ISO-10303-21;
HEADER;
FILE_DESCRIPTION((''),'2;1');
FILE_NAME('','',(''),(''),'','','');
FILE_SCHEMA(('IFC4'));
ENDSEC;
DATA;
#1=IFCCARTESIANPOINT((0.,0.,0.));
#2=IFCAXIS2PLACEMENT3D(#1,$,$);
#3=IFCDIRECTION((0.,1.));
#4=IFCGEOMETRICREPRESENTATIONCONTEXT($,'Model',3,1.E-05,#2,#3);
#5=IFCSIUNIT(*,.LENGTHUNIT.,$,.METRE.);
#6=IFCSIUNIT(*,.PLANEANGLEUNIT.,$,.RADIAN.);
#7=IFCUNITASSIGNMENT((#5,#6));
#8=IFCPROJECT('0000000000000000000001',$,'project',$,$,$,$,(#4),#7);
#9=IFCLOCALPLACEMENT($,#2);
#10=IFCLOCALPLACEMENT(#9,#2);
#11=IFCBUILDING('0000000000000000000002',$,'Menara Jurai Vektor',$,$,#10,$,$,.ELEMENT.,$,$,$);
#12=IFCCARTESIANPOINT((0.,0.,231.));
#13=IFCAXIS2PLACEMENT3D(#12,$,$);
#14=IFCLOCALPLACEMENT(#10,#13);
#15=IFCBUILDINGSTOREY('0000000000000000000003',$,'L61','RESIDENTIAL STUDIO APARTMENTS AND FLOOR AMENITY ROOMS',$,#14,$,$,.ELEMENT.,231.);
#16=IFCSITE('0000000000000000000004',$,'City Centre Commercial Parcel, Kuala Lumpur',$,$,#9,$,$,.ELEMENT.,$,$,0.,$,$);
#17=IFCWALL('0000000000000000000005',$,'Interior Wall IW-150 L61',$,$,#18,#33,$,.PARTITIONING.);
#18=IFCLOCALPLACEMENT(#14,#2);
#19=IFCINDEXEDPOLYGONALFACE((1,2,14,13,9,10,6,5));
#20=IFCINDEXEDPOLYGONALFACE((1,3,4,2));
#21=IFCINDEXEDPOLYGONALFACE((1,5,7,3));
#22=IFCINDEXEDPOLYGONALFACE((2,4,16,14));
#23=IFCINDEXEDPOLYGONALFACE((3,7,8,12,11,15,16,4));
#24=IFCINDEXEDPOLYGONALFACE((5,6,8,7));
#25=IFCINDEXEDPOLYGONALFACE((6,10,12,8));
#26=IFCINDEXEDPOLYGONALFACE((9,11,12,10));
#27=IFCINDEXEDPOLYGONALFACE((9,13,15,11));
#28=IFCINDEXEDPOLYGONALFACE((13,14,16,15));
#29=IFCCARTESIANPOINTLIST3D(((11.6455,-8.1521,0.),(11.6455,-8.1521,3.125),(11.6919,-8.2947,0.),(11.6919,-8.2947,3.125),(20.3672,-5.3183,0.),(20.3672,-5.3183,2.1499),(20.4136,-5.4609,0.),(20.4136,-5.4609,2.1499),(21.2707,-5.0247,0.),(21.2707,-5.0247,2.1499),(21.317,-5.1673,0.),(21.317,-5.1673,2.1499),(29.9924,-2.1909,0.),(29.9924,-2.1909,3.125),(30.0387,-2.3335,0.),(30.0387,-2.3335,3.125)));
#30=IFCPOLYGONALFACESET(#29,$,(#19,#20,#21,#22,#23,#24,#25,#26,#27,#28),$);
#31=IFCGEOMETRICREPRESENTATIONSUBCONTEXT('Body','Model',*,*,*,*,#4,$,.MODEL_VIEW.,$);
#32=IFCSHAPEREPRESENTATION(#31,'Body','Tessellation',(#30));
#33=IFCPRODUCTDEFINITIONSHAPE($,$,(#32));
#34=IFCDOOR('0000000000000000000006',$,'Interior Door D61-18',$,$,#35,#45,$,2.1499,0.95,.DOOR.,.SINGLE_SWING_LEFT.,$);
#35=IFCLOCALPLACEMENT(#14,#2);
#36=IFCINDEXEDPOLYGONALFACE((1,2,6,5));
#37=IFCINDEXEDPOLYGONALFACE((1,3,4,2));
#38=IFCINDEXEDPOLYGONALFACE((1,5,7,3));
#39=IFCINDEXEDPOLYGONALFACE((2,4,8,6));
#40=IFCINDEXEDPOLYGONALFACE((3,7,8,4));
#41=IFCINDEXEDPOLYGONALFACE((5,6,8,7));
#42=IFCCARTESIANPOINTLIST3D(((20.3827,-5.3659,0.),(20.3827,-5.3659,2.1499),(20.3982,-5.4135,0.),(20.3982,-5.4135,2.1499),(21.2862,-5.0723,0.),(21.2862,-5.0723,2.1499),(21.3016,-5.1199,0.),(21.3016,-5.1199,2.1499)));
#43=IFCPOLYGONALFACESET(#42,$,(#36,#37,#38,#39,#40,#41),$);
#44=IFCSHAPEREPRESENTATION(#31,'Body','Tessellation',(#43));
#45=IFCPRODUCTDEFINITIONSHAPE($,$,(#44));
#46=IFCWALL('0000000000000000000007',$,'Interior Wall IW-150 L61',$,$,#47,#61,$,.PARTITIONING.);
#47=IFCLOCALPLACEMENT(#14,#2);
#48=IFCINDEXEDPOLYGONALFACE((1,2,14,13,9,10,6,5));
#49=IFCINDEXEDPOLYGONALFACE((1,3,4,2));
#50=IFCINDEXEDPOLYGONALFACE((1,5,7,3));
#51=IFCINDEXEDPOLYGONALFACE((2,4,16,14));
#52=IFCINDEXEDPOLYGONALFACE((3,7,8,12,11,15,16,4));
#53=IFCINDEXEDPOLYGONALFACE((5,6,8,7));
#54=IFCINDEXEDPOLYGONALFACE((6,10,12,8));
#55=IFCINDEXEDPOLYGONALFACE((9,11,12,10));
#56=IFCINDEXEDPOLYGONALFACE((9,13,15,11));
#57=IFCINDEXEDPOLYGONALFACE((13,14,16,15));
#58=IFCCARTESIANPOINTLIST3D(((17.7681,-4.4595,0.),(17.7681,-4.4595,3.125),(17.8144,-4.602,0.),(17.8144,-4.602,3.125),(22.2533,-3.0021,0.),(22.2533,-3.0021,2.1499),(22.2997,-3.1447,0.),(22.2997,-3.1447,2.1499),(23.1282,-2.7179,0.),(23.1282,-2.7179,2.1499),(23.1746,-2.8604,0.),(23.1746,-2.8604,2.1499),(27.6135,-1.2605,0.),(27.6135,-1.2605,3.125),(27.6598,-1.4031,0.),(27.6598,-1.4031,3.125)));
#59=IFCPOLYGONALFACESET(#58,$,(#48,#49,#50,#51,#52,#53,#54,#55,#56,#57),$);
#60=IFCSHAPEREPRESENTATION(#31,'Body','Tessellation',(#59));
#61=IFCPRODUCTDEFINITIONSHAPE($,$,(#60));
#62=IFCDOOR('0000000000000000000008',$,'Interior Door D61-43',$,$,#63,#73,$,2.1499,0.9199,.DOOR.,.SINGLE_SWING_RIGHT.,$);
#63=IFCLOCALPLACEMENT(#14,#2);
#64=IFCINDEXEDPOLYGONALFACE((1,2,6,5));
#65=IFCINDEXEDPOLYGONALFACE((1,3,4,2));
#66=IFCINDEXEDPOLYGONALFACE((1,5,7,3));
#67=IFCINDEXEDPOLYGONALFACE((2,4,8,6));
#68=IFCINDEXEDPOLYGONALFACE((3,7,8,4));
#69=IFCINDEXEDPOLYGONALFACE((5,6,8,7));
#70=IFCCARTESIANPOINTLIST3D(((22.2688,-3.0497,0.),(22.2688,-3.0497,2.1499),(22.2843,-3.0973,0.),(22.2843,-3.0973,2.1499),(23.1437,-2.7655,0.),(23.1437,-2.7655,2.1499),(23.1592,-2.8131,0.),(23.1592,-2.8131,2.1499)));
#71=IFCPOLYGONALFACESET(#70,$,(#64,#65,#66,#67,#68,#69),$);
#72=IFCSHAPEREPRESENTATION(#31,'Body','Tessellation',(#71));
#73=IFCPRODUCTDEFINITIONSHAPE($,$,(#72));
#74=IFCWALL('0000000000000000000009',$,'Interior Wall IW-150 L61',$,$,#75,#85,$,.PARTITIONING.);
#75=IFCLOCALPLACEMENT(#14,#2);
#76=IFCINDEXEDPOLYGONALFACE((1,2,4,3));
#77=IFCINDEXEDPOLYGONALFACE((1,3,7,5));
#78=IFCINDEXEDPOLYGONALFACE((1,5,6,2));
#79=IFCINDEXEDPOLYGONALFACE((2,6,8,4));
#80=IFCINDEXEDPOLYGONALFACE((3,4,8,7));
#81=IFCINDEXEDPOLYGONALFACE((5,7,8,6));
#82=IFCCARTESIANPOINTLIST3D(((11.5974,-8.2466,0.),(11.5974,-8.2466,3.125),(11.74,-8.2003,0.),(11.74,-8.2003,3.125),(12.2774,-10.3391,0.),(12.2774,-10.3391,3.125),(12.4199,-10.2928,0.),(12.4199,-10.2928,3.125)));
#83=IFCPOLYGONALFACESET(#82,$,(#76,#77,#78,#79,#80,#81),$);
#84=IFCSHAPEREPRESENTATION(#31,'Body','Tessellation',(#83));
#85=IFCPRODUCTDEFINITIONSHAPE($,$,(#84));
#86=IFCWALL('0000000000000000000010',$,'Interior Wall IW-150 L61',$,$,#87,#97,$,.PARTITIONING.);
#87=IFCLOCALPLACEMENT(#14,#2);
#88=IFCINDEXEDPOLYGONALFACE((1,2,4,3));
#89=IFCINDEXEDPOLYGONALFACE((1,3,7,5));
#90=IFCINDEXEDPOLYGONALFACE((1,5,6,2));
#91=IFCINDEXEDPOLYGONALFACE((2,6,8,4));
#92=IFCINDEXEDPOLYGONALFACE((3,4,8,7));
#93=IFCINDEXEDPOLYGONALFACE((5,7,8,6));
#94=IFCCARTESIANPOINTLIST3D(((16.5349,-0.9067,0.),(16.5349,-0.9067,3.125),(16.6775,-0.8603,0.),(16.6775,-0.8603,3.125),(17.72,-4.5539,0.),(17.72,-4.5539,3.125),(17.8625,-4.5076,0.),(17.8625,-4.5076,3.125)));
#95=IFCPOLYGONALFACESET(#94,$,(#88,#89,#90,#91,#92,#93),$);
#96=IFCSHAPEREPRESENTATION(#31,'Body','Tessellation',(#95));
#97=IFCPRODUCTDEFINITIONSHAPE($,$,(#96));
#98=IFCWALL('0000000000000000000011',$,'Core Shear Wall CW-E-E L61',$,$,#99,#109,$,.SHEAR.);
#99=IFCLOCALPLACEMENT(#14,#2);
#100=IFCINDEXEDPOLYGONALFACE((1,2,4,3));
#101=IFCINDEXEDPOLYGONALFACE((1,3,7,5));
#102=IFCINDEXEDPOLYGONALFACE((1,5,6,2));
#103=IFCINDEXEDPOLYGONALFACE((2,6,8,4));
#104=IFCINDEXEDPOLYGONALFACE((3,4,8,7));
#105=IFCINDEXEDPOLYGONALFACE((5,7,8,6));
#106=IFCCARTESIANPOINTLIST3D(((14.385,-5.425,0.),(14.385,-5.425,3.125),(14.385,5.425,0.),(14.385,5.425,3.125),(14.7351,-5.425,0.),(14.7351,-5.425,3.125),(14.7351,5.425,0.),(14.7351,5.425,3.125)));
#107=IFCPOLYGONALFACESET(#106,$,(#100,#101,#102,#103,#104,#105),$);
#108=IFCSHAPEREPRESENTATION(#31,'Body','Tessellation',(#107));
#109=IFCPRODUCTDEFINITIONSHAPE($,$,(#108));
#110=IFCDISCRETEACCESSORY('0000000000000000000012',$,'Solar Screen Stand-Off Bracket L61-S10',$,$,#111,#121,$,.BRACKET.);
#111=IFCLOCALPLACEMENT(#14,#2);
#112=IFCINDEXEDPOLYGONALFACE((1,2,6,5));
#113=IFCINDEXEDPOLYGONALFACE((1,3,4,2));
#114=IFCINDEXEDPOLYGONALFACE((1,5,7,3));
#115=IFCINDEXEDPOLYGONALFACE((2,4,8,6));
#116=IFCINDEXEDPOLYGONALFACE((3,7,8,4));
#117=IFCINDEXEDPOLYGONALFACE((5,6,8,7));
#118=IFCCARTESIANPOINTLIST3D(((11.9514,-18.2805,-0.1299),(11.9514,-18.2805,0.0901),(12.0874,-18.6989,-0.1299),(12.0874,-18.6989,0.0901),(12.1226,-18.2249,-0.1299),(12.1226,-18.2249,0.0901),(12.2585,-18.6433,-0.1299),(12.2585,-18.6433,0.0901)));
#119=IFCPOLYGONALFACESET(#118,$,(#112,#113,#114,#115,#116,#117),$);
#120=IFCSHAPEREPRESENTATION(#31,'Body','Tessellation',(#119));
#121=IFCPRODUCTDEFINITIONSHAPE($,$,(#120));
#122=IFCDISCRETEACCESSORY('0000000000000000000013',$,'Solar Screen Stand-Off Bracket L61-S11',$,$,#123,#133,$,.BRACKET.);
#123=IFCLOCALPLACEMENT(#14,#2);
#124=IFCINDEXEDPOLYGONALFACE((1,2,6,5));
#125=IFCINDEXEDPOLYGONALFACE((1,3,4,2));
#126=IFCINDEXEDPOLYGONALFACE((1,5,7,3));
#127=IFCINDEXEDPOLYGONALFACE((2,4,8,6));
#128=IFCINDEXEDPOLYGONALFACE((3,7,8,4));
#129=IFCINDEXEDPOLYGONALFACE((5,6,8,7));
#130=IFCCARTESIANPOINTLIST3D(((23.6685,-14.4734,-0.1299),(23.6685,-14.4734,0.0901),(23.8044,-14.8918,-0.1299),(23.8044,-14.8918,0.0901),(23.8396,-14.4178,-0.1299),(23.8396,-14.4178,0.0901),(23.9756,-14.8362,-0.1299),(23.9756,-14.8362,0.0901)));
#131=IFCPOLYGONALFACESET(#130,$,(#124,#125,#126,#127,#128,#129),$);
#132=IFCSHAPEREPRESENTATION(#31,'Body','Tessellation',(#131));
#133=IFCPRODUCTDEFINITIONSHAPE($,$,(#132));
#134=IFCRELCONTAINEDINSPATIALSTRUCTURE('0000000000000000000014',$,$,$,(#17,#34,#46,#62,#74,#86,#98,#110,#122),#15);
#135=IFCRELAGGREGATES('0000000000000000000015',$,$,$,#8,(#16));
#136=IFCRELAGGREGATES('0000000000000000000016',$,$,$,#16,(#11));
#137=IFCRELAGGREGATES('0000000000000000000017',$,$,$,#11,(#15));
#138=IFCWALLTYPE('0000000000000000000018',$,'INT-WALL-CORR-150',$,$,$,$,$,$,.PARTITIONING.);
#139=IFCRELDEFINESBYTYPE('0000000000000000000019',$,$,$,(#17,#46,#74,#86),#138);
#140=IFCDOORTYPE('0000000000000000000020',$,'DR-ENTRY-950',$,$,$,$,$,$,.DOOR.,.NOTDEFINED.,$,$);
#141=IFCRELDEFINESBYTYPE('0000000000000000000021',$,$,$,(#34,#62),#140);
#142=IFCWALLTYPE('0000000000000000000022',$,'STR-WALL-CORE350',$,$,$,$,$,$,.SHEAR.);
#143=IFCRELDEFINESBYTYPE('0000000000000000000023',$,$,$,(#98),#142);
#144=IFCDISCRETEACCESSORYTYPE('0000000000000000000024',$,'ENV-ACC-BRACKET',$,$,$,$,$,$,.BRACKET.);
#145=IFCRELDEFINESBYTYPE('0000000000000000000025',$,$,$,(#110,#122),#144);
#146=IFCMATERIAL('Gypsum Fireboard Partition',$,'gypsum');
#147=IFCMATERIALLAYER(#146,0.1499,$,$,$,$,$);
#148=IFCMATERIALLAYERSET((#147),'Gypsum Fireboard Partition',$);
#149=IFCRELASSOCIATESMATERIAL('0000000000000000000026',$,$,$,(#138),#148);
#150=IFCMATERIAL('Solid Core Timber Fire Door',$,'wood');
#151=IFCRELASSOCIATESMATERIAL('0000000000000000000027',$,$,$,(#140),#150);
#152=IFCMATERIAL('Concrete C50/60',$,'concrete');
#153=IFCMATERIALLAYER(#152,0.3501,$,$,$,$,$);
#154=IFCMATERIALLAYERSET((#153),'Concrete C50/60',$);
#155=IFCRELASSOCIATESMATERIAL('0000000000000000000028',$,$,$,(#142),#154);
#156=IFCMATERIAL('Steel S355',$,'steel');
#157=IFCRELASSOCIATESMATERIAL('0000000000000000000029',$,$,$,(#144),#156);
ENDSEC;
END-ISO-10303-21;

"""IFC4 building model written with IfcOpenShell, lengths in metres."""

from ifc_helpers import new_model, si_unit, direction, frame, frame_2d, origin, origin_2d, place, context, subcontext, project, spatial, rectangle, extrude, material, layer, layer_set, type_object, element, fill, save


model = new_model("IFC4")

# Units and contexts
model_context = context("Model", 3, precision=1e-05, world=origin(), true_north=direction((0.0, 1.0)))
body_context = subcontext(model_context, "Body", "Model", "MODEL_VIEW")
ifc_project = project(units=[si_unit("LENGTHUNIT", "METRE"), si_unit("PLANEANGLEUNIT", "RADIAN")], contexts=[model_context])

# Site, building, storey
site_placement = place(None, origin())
site = spatial("IfcSite", under=ifc_project, at=site_placement, Name="City Centre Commercial Parcel, Kuala Lumpur", CompositionType="ELEMENT", RefElevation=0.0)
building_placement = place(site_placement, origin())
building = spatial("IfcBuilding", under=site, at=building_placement, Name="Menara Jurai Vektor", CompositionType="ELEMENT")
storey_placement = place(building_placement, frame((0.0, 0.0, 231.0)))
storey = spatial("IfcBuildingStorey", under=building, at=storey_placement, Name="L61", Description="RESIDENTIAL STUDIO APARTMENTS AND FLOOR AMENITY ROOMS", CompositionType="ELEMENT", Elevation=231.0)

# Shared definitions
ifc_material_1 = material(Name="Concrete C50/60", Category="concrete")

# Shared definitions
ifc_material_2 = material(Name="Steel S355", Category="steel")

# Shared definitions
ifc_material_3 = material(Name="Gypsum Fireboard Partition", Category="gypsum")
ifc_layer_1 = layer(ifc_material_3, 0.1499)
ifc_layer_set_1 = layer_set([ifc_layer_1], Name="Gypsum Fireboard Partition")
wall_type_1 = type_object("IfcWallType", Name="INT-WALL-CORR-150", PredefinedType="PARTITIONING", material=ifc_layer_set_1)

# Walls, openings, doors
wall_1_placement = place(storey_placement, frame((11.6687, -8.2234, 0.0), z_axis=(0.0, 0.0, 1.0), x_axis=(0.951058, 0.309013, 0.0)))
wall_1 = element("IfcWall", 1, at=wall_1_placement, inside=storey, type_object=wall_type_1, Name="Interior Wall IW-150 L61", PredefinedType="PARTITIONING", context=body_context, shape_type="SweptSolid", body=[
    extrude(rectangle(XDim=19.291, YDim=0.1499, at=frame_2d((9.6455, 0.0))), origin(), (0.0, 0.0, 1.0), 3.125),
])
opening_1_placement = place(wall_1_placement, frame((9.1704, 0.0, 0.0)))
opening_1 = element("IfcOpeningElement", 2, at=opening_1_placement, cuts=wall_1, PredefinedType="OPENING", context=body_context, shape_type="SweptSolid", body=[
    extrude(rectangle(XDim=0.95, YDim=2.1499, at=frame_2d((0.4751, 1.075))), frame((0.0, 0.085, 0.0), z_axis=(0.0, -1.0, 0.0), x_axis=(1.0, 0.0, 0.0)), (0.0, 0.0, 1.0), 0.1699),
])
ifc_material_4 = material(Name="Solid Core Timber Fire Door", Category="wood")
door_type = type_object("IfcDoorType", Name="DR-ENTRY-950", OperationType="NOTDEFINED", PredefinedType="DOOR", material=ifc_material_4)
door_1_placement = place(opening_1_placement, origin())
door_1 = element("IfcDoor", 3, at=door_1_placement, inside=storey, type_object=door_type, Name="Interior Door D61-18", OperationType="SINGLE_SWING_LEFT", OverallHeight=2.1499, OverallWidth=0.95, PredefinedType="DOOR", context=body_context, shape_type="SweptSolid", body=[
    extrude(rectangle(XDim=0.95, YDim=2.1499, at=frame_2d((0.4751, 1.075))), frame((0.0, 0.0249, 0.0), z_axis=(0.0, -1.0, 0.0), x_axis=(1.0, 0.0, 0.0)), (0.0, 0.0, 1.0), 0.05),
])
fill(opening_1, door_1)
wall_2_placement = place(storey_placement, frame((17.7913, -4.5308, 0.0), z_axis=(0.0, 0.0, 1.0), x_axis=(0.951057, 0.309016, 0.0)))
wall_2 = element("IfcWall", 4, at=wall_2_placement, inside=storey, type_object=wall_type_1, Name="Interior Wall IW-150 L61", PredefinedType="PARTITIONING", context=body_context, shape_type="SweptSolid", body=[
    extrude(rectangle(XDim=10.3521, YDim=0.1499, at=frame_2d((5.176, 0.0))), origin(), (0.0, 0.0, 1.0), 3.125),
])
opening_2_placement = place(wall_2_placement, frame((4.7161, 0.0, 0.0)))
opening_2 = element("IfcOpeningElement", 5, at=opening_2_placement, cuts=wall_2, PredefinedType="OPENING", context=body_context, shape_type="SweptSolid", body=[
    extrude(rectangle(XDim=0.9199, YDim=2.1499, at=frame_2d((0.46, 1.075))), frame((0.0, 0.085, 0.0), z_axis=(0.0, -1.0, 0.0), x_axis=(1.0, 0.0, 0.0)), (0.0, 0.0, 1.0), 0.1699),
])
door_2_placement = place(opening_2_placement, origin())
door_2 = element("IfcDoor", 6, at=door_2_placement, inside=storey, type_object=door_type, Name="Interior Door D61-43", OperationType="SINGLE_SWING_RIGHT", OverallHeight=2.1499, OverallWidth=0.9199, PredefinedType="DOOR", context=body_context, shape_type="SweptSolid", body=[
    extrude(rectangle(XDim=0.9199, YDim=2.1499, at=frame_2d((0.46, 1.075))), frame((0.0, 0.0249, 0.0), z_axis=(0.0, -1.0, 0.0), x_axis=(1.0, 0.0, 0.0)), (0.0, 0.0, 1.0), 0.05),
])
fill(opening_2, door_2)

# Walls
wall_3_placement = place(storey_placement, frame((12.3486, -10.3159, 0.0), z_axis=(0.0, 0.0, 1.0), x_axis=(-0.309028, 0.951053, 0.0)))
element("IfcWall", 7, at=wall_3_placement, inside=storey, type_object=wall_type_1, Name="Interior Wall IW-150 L61", PredefinedType="PARTITIONING", context=body_context, shape_type="SweptSolid", body=[
    extrude(rectangle(XDim=2.2002, YDim=0.1499, at=frame_2d((1.1001, 0.0))), origin(), (0.0, 0.0, 1.0), 3.125),
])
wall_4_placement = place(storey_placement, frame((17.7913, -4.5308, 0.0), z_axis=(0.0, 0.0, 1.0), x_axis=(-0.309018, 0.951056, 0.0)))
element("IfcWall", 8, at=wall_4_placement, inside=storey, type_object=wall_type_1, Name="Interior Wall IW-150 L61", PredefinedType="PARTITIONING", context=body_context, shape_type="SweptSolid", body=[
    extrude(rectangle(XDim=3.835, YDim=0.1499, at=frame_2d((1.9175, 0.0))), origin(), (0.0, 0.0, 1.0), 3.125),
])
ifc_layer_2 = layer(ifc_material_1, 0.3501)
ifc_layer_set_2 = layer_set([ifc_layer_2], Name="Concrete C50/60")
wall_type_2 = type_object("IfcWallType", Name="STR-WALL-CORE350", PredefinedType="SHEAR", material=ifc_layer_set_2)
wall_5_placement = place(storey_placement, frame((14.5601, -5.425, 0.0), z_axis=(0.0, 0.0, 1.0), x_axis=(0.0, 1.0, 0.0)))
element("IfcWall", 9, at=wall_5_placement, inside=storey, type_object=wall_type_2, Name="Core Shear Wall CW-E-E L61", PredefinedType="SHEAR", context=body_context, shape_type="SweptSolid", body=[
    extrude(rectangle(XDim=10.8501, YDim=0.3501, at=frame_2d((5.425, 0.0))), origin(), (0.0, 0.0, 1.0), 3.125),
])

# Discrete accessories
discrete_accessory_type = type_object("IfcDiscreteAccessoryType", Name="ENV-ACC-BRACKET", PredefinedType="BRACKET", material=ifc_material_2)
for number, where, z_axis, x_axis, name in (
    (10, (12.105, -18.4619, -0.1299), (0.0, 0.0, 1.0), (0.951057, 0.309017, 0.0), "Solar Screen Stand-Off Bracket L61-S10"),
    (11, (23.822, -14.6548, -0.1299), (0.0, 0.0, 1.0), (0.951057, 0.309017, 0.0), "Solar Screen Stand-Off Bracket L61-S11"),
):
    element("IfcDiscreteAccessory", number, at=place(storey_placement, frame(where, z_axis=z_axis, x_axis=x_axis)), inside=storey, type_object=discrete_accessory_type, Name=name, PredefinedType="BRACKET", context=body_context, shape_type="SweptSolid", body=[
        extrude(rectangle(XDim=0.1799, YDim=0.4399, at=origin_2d()), origin(), (0.0, 0.0, 1.0), 0.22),
    ])

save(model, "model.ifc")
